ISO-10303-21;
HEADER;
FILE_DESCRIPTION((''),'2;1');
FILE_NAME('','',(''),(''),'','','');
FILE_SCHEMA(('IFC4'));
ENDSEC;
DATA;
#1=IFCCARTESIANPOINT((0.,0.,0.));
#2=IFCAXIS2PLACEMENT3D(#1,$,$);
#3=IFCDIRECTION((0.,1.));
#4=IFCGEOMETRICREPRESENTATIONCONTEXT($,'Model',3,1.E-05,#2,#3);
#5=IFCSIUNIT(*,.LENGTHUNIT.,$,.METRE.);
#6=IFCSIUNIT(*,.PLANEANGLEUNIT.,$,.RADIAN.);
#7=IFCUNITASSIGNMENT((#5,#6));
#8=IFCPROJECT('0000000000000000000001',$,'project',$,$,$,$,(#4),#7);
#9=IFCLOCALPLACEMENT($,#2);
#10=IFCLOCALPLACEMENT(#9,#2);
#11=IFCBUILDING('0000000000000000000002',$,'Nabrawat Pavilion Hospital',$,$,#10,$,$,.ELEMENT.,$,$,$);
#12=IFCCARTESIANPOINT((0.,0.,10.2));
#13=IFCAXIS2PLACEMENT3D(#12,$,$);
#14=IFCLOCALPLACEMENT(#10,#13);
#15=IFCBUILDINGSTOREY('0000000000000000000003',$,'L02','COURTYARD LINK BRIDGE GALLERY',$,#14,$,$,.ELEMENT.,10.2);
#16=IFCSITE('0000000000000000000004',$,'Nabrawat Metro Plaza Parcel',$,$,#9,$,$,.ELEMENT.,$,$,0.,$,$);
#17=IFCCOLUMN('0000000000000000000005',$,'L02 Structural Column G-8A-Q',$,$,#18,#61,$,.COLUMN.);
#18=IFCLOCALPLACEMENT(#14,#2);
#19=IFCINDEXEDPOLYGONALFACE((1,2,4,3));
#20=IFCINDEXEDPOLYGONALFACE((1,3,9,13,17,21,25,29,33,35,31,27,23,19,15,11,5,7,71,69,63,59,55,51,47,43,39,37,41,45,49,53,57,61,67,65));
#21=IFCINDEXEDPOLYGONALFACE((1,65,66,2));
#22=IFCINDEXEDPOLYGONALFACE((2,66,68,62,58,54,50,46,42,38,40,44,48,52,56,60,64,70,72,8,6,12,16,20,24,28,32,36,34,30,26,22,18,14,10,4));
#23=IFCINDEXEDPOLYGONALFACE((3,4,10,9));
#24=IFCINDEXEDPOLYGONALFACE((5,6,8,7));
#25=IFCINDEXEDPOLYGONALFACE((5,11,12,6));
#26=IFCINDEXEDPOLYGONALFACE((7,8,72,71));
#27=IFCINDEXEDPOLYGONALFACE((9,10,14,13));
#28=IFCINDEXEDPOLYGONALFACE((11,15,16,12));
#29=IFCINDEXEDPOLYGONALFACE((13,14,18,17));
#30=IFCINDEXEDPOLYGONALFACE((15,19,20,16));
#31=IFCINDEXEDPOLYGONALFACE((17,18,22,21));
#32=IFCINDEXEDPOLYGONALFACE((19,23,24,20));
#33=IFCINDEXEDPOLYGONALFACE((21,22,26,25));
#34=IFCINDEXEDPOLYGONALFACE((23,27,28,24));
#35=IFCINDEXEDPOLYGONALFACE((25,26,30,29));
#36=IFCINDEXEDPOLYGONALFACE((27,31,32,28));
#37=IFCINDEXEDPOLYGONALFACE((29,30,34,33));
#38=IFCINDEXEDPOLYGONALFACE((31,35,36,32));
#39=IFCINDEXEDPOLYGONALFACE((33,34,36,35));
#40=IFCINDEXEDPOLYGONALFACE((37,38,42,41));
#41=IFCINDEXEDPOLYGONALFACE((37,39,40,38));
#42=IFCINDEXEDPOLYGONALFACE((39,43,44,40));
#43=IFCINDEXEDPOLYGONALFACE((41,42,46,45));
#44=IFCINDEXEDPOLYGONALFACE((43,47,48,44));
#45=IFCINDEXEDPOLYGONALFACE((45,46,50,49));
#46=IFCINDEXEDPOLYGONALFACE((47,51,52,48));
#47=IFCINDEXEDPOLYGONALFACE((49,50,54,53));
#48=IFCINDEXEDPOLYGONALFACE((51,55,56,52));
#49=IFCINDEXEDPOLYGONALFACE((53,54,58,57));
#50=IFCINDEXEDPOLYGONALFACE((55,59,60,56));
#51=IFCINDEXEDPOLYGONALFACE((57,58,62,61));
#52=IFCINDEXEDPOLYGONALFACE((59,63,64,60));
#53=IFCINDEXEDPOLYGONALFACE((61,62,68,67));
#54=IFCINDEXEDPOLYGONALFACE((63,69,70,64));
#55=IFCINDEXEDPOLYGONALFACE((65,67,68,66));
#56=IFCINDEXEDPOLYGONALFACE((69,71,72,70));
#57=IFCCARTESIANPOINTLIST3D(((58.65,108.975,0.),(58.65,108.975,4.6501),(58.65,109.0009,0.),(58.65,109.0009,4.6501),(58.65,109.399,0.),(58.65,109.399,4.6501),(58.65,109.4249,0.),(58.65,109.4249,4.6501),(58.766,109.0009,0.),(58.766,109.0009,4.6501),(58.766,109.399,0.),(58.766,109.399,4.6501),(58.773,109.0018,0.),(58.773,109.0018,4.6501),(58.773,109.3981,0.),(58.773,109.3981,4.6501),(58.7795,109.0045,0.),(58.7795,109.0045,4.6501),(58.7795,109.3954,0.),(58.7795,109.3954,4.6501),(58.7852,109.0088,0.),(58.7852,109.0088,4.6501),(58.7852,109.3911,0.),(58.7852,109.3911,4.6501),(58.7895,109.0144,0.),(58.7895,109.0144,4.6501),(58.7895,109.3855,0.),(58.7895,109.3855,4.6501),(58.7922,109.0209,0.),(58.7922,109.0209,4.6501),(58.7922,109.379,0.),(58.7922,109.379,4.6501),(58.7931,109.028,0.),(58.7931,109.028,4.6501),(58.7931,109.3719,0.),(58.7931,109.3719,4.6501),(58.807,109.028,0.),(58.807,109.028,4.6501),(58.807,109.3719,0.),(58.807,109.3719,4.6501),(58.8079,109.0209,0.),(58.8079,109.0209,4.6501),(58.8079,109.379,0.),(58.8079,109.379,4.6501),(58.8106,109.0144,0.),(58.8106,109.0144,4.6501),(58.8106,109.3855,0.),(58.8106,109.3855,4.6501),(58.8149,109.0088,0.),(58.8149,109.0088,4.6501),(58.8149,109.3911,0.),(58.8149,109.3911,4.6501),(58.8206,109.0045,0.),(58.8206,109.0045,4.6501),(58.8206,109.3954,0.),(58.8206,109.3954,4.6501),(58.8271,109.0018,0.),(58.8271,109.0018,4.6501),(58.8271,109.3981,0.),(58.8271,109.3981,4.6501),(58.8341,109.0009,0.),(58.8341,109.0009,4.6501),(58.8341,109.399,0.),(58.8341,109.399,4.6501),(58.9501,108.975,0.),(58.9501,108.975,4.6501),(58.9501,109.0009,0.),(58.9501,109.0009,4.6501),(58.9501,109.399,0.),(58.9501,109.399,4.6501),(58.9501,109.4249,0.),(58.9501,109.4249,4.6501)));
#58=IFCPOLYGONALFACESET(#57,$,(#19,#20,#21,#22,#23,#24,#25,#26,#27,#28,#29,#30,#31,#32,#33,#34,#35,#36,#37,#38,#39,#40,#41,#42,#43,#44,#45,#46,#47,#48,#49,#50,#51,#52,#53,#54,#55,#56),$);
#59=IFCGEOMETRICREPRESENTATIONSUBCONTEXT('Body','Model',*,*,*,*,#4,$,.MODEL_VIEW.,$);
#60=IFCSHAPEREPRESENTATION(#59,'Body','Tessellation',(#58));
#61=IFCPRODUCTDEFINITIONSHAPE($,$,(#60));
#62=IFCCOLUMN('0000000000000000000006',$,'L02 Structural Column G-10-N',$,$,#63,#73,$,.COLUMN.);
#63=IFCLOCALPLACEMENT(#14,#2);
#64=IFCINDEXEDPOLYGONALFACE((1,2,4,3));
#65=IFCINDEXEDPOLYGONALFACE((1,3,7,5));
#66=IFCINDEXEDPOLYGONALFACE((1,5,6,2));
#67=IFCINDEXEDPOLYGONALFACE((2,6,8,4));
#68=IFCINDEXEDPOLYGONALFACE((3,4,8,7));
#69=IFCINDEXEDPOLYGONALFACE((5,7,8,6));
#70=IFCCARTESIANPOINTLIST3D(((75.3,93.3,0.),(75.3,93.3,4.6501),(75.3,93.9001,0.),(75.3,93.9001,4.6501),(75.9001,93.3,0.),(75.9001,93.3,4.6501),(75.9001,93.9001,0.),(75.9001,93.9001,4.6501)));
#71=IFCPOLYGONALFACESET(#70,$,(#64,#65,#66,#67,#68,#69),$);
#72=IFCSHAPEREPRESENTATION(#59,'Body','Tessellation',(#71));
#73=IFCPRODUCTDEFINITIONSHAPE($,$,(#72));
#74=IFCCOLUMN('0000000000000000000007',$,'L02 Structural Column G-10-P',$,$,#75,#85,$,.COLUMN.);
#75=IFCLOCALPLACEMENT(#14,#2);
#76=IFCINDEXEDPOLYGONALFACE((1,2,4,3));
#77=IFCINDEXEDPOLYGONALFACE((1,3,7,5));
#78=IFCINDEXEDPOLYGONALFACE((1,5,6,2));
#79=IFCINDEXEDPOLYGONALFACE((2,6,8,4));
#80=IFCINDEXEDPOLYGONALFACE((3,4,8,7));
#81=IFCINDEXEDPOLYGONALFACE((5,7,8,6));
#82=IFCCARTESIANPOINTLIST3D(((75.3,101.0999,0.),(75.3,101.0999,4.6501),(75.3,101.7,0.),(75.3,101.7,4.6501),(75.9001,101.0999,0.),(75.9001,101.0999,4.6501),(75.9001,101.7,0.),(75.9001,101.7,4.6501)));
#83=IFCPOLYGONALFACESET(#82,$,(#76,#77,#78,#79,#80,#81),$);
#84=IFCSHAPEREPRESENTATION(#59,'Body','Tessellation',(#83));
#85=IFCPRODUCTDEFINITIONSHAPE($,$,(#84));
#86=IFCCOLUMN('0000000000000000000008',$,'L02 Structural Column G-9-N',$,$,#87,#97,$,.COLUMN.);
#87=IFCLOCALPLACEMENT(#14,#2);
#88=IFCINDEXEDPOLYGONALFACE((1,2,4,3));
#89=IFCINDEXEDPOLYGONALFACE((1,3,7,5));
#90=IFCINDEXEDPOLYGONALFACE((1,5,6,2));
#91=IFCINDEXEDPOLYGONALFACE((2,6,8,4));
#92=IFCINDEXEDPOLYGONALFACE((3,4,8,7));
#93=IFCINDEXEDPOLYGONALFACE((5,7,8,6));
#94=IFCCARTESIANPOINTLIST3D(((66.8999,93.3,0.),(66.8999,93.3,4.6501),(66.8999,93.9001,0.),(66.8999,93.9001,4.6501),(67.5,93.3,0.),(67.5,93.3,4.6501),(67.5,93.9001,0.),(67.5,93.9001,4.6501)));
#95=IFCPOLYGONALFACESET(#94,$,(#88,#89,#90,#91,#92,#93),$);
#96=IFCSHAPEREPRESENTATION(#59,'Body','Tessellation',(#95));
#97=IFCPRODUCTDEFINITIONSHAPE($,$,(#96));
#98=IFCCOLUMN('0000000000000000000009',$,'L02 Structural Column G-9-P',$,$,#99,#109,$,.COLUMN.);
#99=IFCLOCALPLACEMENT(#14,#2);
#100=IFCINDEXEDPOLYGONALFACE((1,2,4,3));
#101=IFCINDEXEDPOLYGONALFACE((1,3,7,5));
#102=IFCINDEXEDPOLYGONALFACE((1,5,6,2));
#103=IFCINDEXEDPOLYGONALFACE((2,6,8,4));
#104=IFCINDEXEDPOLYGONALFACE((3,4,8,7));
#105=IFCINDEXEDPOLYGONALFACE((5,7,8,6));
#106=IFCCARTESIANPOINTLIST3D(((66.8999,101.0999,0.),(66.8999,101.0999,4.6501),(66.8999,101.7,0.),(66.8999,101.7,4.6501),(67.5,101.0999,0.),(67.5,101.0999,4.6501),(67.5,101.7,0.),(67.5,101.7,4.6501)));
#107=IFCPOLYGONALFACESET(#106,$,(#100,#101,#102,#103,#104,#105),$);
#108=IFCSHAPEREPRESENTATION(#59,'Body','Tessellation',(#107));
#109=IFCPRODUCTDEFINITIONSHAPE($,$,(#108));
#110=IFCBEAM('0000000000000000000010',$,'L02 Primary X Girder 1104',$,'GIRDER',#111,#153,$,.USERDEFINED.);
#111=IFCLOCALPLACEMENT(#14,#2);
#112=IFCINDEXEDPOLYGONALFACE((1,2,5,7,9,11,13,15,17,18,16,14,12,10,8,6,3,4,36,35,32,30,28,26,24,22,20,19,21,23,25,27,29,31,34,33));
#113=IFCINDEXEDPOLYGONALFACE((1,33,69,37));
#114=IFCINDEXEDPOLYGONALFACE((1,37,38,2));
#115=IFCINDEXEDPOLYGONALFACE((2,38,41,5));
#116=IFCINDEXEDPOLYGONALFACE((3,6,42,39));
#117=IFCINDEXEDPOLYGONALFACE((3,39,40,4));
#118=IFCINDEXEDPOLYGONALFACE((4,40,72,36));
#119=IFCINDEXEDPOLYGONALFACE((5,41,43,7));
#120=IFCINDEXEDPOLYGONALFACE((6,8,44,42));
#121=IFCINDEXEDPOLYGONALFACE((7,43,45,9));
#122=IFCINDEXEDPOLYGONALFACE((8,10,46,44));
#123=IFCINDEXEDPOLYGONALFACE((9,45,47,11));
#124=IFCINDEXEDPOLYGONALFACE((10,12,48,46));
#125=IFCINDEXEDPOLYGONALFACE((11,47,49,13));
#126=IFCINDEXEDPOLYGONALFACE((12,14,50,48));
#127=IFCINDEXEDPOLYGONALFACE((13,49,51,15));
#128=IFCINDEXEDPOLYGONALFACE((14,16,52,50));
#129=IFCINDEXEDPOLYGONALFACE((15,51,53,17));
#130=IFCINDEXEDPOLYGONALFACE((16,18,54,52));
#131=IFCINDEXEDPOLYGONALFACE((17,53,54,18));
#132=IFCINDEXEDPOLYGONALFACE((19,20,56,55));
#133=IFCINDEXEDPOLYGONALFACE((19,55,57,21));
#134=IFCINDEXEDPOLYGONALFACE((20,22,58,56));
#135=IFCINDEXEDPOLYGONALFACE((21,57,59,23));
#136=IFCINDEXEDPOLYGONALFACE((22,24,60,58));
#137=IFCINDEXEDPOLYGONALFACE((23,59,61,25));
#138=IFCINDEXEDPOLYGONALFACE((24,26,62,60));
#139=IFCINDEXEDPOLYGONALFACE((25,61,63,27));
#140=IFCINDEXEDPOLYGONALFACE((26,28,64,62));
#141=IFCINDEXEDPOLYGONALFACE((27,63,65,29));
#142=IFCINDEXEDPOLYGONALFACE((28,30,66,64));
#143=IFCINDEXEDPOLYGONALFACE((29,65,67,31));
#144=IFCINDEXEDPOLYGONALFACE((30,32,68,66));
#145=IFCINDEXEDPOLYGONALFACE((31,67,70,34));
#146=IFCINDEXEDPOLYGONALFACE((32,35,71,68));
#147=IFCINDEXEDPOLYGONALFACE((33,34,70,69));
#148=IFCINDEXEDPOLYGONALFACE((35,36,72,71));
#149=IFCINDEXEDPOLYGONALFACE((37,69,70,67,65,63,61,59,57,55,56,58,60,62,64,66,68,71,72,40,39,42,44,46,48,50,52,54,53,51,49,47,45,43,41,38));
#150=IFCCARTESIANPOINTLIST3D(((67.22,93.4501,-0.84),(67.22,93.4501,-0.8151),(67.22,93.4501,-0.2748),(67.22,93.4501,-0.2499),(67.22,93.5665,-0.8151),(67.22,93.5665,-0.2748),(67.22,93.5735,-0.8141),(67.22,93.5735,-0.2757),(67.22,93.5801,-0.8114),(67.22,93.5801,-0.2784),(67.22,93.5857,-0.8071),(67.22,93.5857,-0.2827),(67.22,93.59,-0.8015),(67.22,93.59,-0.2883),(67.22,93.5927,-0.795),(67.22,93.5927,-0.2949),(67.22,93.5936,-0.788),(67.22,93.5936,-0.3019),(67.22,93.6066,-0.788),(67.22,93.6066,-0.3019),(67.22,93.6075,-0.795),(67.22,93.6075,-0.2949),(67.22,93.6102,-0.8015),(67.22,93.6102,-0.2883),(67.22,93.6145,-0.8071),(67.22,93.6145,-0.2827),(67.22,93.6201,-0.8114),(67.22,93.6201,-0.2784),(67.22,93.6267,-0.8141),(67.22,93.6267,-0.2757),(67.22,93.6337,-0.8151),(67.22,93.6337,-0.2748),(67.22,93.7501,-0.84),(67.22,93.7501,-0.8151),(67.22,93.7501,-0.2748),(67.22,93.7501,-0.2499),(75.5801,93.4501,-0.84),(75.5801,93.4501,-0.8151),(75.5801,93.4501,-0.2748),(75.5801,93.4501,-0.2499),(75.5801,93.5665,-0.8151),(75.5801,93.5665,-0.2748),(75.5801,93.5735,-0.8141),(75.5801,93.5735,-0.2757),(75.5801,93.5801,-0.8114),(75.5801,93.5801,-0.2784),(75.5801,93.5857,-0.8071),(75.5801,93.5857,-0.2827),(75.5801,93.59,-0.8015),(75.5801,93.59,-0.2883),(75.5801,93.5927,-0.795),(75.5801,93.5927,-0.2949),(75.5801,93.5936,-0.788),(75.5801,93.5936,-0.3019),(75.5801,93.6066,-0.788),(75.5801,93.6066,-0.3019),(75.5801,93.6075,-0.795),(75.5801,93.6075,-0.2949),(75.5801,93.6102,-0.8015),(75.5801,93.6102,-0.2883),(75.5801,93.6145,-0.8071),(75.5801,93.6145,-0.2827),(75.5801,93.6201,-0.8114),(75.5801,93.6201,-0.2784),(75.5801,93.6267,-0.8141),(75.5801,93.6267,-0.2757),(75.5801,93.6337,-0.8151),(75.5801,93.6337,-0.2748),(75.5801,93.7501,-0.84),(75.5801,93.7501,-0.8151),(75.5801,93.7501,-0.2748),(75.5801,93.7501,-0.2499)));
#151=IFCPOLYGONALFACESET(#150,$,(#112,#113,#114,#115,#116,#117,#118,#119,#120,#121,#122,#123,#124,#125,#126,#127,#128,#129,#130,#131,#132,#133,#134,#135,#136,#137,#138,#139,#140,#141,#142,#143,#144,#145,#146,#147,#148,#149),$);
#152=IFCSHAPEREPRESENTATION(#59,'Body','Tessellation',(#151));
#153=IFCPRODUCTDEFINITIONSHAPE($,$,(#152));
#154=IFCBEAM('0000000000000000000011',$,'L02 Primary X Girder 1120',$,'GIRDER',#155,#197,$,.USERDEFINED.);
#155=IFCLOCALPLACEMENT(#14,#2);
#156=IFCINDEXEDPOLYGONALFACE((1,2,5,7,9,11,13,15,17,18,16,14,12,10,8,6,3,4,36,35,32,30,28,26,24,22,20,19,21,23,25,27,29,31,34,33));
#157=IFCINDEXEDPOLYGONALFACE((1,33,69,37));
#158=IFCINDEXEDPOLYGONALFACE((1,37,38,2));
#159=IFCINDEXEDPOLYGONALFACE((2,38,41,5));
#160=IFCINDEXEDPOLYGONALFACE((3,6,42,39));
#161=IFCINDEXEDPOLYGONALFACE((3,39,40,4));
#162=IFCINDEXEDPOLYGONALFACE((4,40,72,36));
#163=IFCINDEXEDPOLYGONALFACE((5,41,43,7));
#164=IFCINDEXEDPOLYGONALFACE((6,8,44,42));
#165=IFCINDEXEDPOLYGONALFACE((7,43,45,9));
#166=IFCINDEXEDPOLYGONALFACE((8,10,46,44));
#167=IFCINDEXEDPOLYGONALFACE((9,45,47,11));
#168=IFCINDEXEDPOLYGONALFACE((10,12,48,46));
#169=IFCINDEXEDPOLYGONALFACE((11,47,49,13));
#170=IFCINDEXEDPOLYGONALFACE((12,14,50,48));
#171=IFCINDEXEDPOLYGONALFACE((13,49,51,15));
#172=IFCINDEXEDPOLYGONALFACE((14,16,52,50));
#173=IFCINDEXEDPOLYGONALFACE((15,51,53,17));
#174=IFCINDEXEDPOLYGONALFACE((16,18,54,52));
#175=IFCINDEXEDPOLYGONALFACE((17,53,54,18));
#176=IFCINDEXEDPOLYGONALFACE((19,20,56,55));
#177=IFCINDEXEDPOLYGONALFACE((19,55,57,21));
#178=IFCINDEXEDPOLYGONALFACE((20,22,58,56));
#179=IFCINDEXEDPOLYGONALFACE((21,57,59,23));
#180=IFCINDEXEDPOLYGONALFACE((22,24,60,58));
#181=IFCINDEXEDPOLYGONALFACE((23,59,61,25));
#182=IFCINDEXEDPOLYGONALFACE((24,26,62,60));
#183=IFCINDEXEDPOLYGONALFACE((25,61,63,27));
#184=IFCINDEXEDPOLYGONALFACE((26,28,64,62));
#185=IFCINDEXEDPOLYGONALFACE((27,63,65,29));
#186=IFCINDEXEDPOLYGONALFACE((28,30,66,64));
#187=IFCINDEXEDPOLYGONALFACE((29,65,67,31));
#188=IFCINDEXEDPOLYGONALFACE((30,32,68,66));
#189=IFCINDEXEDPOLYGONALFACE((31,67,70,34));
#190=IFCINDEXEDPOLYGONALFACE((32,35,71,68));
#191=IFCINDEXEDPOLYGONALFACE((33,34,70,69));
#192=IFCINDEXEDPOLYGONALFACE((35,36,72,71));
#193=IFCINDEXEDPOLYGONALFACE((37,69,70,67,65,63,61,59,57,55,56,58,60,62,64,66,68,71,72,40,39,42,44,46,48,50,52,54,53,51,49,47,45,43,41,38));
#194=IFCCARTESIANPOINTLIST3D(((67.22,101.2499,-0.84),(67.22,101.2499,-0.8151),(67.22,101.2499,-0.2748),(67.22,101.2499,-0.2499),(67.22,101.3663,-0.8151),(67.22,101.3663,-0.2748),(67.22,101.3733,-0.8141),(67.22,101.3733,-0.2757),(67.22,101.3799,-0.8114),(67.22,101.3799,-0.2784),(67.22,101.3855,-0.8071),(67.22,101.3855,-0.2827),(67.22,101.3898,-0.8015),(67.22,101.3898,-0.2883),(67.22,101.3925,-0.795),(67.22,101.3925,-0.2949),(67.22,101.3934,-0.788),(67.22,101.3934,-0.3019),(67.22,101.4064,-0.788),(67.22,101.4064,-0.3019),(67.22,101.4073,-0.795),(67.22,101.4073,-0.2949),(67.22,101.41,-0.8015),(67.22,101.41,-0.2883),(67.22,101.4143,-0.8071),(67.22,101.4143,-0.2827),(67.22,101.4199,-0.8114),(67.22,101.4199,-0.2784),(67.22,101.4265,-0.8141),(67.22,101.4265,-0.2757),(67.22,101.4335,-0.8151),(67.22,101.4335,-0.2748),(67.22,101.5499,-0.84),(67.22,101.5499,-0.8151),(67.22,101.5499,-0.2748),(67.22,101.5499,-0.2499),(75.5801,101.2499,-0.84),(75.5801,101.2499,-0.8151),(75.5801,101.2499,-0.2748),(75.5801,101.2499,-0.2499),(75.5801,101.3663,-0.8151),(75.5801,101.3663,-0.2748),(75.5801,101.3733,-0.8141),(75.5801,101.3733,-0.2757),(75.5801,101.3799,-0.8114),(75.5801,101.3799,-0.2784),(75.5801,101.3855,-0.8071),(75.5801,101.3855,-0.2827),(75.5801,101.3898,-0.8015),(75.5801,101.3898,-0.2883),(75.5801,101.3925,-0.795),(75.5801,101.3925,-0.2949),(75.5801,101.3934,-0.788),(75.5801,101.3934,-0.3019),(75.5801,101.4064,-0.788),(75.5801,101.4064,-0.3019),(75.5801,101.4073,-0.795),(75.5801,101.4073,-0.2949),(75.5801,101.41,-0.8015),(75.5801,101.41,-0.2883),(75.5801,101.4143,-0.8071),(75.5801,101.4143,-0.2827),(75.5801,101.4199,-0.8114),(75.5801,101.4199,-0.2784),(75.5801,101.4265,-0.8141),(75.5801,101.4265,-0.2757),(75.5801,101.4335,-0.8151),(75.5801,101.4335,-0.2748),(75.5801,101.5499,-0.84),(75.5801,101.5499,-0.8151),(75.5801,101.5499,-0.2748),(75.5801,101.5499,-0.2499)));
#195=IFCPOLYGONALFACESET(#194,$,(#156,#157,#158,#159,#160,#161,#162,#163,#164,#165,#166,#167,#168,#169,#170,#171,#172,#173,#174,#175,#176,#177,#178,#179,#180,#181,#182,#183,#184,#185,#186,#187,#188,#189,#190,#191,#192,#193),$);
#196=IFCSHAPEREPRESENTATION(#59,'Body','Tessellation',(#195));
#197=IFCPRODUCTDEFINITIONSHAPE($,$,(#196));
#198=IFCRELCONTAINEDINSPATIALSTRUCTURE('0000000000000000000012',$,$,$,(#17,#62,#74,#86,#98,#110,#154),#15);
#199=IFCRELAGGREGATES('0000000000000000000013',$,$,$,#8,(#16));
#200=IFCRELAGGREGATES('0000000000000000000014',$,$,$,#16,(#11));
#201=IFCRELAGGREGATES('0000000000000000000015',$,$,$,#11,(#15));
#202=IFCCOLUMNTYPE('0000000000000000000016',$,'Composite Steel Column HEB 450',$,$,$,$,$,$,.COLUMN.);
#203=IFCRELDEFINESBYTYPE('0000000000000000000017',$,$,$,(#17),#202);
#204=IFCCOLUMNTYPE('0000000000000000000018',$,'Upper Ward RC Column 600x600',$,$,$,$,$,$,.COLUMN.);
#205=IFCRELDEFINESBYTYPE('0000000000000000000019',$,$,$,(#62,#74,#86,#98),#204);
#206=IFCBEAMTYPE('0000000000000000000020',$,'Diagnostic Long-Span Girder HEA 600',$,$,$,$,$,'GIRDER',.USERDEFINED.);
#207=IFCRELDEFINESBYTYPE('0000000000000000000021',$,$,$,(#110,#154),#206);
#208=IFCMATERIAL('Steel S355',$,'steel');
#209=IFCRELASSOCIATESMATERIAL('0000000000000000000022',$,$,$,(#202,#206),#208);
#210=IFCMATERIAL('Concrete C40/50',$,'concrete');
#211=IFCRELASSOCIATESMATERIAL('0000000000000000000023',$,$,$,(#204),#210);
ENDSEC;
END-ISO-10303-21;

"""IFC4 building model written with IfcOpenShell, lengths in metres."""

from ifc_helpers import new_model, si_unit, direction, frame, origin, origin_2d, place, context, subcontext, project, spatial, rectangle, i_section, extrude, material, material_profile, profile_set, type_object, element, save


model = new_model("IFC4")

# Units and contexts
model_context = context("Model", 3, precision=1e-05, world=origin(), true_north=direction((0.0, 1.0)))
body_context = subcontext(model_context, "Body", "Model", "MODEL_VIEW")
ifc_project = project(units=[si_unit("LENGTHUNIT", "METRE"), si_unit("PLANEANGLEUNIT", "RADIAN")], contexts=[model_context])

# Site, building, storey
site_placement = place(None, origin())
site = spatial("IfcSite", under=ifc_project, at=site_placement, Name="Nabrawat Metro Plaza Parcel", CompositionType="ELEMENT", RefElevation=0.0)
building_placement = place(site_placement, origin())
building = spatial("IfcBuilding", under=site, at=building_placement, Name="Nabrawat Pavilion Hospital", CompositionType="ELEMENT")
storey_placement = place(building_placement, frame((0.0, 0.0, 10.2)))
storey = spatial("IfcBuildingStorey", under=building, at=storey_placement, Name="L02", Description="COURTYARD LINK BRIDGE GALLERY", CompositionType="ELEMENT", Elevation=10.2)

# Columns
ifc_material_1 = material(Name="Steel S355", Category="steel")
ifc_material_profile_1 = material_profile(ifc_material_1, i_section(OverallWidth=0.3, OverallDepth=0.45, WebThickness=0.0139, FlangeThickness=0.0259, FilletRadius=0.0271, at=origin_2d()), Name="HEB 450")
ifc_profile_set_1 = profile_set([ifc_material_profile_1], Name="Steel S355")
column_type_1 = type_object("IfcColumnType", Name="Composite Steel Column HEB 450", PredefinedType="COLUMN", material=ifc_profile_set_1)
column_placement = place(storey_placement, frame((58.8, 109.2, 0.0), z_axis=(0.0, 0.0, 1.0), x_axis=(1.0, 0.0, 0.0)))
element("IfcColumn", 1, at=column_placement, inside=storey, type_object=column_type_1, Name="L02 Structural Column G-8A-Q", PredefinedType="COLUMN", context=body_context, shape_type="SweptSolid", body=[
    extrude(i_section(OverallWidth=0.3, OverallDepth=0.45, WebThickness=0.0139, FlangeThickness=0.0259, FilletRadius=0.0271, at=origin_2d()), origin(), (0.0, 0.0, 1.0), 4.6501),
])
ifc_material_2 = material(Name="Concrete C40/50", Category="concrete")
ifc_material_profile_2 = material_profile(ifc_material_2, rectangle(XDim=0.6001, YDim=0.6001, at=origin_2d()), Name="RC 600x600")
ifc_profile_set_2 = profile_set([ifc_material_profile_2], Name="Concrete C40/50")
column_type_2 = type_object("IfcColumnType", Name="Upper Ward RC Column 600x600", PredefinedType="COLUMN", material=ifc_profile_set_2)
for number, where, z_axis, x_axis, name in (
    (2, (75.6001, 93.6001, 0.0), (0.0, 0.0, 1.0), (1.0, 0.0, 0.0), "L02 Structural Column G-10-N"),
    (3, (75.6001, 101.3999, 0.0), (0.0, 0.0, 1.0), (1.0, 0.0, 0.0), "L02 Structural Column G-10-P"),
    (4, (67.2, 93.6001, 0.0), (0.0, 0.0, 1.0), (1.0, 0.0, 0.0), "L02 Structural Column G-9-N"),
    (5, (67.2, 101.3999, 0.0), (0.0, 0.0, 1.0), (1.0, 0.0, 0.0), "L02 Structural Column G-9-P"),
):
    element("IfcColumn", number, at=place(storey_placement, frame(where, z_axis=z_axis, x_axis=x_axis)), inside=storey, type_object=column_type_2, Name=name, PredefinedType="COLUMN", context=body_context, shape_type="SweptSolid", body=[
        extrude(rectangle(XDim=0.6001, YDim=0.6001, at=origin_2d()), origin(), (0.0, 0.0, 1.0), 4.6501),
    ])

# Beams
ifc_material_profile_3 = material_profile(ifc_material_1, i_section(OverallWidth=0.3, OverallDepth=0.5901, WebThickness=0.0129, FlangeThickness=0.0249, FilletRadius=0.0271, at=origin_2d()), Name="HEA 600")
ifc_profile_set_3 = profile_set([ifc_material_profile_3], Name="Steel S355")
beam_type_1 = type_object("IfcBeamType", Name="Diagnostic Long-Span Girder HEA 600", ElementType="GIRDER", PredefinedType="USERDEFINED", material=ifc_profile_set_3)
for number, where, z_axis, x_axis, name in (
    (6, (67.22, 93.6001, -0.5449), (1.0, 0.0, 0.0), (0.0, 1.0, 0.0), "L02 Primary X Girder 1104"),
    (7, (67.22, 101.3999, -0.5449), (1.0, 0.0, 0.0), (0.0, 1.0, 0.0), "L02 Primary X Girder 1120"),
):
    element("IfcBeam", number, at=place(storey_placement, frame(where, z_axis=z_axis, x_axis=x_axis)), inside=storey, type_object=beam_type_1, Name=name, ObjectType="GIRDER", PredefinedType="USERDEFINED", context=body_context, shape_type="SweptSolid", body=[
        extrude(i_section(OverallWidth=0.3, OverallDepth=0.5901, WebThickness=0.0129, FlangeThickness=0.0249, FilletRadius=0.0271, at=origin_2d()), origin(), (0.0, 0.0, 1.0), 8.3601),
    ])

save(model, "model.ifc")
